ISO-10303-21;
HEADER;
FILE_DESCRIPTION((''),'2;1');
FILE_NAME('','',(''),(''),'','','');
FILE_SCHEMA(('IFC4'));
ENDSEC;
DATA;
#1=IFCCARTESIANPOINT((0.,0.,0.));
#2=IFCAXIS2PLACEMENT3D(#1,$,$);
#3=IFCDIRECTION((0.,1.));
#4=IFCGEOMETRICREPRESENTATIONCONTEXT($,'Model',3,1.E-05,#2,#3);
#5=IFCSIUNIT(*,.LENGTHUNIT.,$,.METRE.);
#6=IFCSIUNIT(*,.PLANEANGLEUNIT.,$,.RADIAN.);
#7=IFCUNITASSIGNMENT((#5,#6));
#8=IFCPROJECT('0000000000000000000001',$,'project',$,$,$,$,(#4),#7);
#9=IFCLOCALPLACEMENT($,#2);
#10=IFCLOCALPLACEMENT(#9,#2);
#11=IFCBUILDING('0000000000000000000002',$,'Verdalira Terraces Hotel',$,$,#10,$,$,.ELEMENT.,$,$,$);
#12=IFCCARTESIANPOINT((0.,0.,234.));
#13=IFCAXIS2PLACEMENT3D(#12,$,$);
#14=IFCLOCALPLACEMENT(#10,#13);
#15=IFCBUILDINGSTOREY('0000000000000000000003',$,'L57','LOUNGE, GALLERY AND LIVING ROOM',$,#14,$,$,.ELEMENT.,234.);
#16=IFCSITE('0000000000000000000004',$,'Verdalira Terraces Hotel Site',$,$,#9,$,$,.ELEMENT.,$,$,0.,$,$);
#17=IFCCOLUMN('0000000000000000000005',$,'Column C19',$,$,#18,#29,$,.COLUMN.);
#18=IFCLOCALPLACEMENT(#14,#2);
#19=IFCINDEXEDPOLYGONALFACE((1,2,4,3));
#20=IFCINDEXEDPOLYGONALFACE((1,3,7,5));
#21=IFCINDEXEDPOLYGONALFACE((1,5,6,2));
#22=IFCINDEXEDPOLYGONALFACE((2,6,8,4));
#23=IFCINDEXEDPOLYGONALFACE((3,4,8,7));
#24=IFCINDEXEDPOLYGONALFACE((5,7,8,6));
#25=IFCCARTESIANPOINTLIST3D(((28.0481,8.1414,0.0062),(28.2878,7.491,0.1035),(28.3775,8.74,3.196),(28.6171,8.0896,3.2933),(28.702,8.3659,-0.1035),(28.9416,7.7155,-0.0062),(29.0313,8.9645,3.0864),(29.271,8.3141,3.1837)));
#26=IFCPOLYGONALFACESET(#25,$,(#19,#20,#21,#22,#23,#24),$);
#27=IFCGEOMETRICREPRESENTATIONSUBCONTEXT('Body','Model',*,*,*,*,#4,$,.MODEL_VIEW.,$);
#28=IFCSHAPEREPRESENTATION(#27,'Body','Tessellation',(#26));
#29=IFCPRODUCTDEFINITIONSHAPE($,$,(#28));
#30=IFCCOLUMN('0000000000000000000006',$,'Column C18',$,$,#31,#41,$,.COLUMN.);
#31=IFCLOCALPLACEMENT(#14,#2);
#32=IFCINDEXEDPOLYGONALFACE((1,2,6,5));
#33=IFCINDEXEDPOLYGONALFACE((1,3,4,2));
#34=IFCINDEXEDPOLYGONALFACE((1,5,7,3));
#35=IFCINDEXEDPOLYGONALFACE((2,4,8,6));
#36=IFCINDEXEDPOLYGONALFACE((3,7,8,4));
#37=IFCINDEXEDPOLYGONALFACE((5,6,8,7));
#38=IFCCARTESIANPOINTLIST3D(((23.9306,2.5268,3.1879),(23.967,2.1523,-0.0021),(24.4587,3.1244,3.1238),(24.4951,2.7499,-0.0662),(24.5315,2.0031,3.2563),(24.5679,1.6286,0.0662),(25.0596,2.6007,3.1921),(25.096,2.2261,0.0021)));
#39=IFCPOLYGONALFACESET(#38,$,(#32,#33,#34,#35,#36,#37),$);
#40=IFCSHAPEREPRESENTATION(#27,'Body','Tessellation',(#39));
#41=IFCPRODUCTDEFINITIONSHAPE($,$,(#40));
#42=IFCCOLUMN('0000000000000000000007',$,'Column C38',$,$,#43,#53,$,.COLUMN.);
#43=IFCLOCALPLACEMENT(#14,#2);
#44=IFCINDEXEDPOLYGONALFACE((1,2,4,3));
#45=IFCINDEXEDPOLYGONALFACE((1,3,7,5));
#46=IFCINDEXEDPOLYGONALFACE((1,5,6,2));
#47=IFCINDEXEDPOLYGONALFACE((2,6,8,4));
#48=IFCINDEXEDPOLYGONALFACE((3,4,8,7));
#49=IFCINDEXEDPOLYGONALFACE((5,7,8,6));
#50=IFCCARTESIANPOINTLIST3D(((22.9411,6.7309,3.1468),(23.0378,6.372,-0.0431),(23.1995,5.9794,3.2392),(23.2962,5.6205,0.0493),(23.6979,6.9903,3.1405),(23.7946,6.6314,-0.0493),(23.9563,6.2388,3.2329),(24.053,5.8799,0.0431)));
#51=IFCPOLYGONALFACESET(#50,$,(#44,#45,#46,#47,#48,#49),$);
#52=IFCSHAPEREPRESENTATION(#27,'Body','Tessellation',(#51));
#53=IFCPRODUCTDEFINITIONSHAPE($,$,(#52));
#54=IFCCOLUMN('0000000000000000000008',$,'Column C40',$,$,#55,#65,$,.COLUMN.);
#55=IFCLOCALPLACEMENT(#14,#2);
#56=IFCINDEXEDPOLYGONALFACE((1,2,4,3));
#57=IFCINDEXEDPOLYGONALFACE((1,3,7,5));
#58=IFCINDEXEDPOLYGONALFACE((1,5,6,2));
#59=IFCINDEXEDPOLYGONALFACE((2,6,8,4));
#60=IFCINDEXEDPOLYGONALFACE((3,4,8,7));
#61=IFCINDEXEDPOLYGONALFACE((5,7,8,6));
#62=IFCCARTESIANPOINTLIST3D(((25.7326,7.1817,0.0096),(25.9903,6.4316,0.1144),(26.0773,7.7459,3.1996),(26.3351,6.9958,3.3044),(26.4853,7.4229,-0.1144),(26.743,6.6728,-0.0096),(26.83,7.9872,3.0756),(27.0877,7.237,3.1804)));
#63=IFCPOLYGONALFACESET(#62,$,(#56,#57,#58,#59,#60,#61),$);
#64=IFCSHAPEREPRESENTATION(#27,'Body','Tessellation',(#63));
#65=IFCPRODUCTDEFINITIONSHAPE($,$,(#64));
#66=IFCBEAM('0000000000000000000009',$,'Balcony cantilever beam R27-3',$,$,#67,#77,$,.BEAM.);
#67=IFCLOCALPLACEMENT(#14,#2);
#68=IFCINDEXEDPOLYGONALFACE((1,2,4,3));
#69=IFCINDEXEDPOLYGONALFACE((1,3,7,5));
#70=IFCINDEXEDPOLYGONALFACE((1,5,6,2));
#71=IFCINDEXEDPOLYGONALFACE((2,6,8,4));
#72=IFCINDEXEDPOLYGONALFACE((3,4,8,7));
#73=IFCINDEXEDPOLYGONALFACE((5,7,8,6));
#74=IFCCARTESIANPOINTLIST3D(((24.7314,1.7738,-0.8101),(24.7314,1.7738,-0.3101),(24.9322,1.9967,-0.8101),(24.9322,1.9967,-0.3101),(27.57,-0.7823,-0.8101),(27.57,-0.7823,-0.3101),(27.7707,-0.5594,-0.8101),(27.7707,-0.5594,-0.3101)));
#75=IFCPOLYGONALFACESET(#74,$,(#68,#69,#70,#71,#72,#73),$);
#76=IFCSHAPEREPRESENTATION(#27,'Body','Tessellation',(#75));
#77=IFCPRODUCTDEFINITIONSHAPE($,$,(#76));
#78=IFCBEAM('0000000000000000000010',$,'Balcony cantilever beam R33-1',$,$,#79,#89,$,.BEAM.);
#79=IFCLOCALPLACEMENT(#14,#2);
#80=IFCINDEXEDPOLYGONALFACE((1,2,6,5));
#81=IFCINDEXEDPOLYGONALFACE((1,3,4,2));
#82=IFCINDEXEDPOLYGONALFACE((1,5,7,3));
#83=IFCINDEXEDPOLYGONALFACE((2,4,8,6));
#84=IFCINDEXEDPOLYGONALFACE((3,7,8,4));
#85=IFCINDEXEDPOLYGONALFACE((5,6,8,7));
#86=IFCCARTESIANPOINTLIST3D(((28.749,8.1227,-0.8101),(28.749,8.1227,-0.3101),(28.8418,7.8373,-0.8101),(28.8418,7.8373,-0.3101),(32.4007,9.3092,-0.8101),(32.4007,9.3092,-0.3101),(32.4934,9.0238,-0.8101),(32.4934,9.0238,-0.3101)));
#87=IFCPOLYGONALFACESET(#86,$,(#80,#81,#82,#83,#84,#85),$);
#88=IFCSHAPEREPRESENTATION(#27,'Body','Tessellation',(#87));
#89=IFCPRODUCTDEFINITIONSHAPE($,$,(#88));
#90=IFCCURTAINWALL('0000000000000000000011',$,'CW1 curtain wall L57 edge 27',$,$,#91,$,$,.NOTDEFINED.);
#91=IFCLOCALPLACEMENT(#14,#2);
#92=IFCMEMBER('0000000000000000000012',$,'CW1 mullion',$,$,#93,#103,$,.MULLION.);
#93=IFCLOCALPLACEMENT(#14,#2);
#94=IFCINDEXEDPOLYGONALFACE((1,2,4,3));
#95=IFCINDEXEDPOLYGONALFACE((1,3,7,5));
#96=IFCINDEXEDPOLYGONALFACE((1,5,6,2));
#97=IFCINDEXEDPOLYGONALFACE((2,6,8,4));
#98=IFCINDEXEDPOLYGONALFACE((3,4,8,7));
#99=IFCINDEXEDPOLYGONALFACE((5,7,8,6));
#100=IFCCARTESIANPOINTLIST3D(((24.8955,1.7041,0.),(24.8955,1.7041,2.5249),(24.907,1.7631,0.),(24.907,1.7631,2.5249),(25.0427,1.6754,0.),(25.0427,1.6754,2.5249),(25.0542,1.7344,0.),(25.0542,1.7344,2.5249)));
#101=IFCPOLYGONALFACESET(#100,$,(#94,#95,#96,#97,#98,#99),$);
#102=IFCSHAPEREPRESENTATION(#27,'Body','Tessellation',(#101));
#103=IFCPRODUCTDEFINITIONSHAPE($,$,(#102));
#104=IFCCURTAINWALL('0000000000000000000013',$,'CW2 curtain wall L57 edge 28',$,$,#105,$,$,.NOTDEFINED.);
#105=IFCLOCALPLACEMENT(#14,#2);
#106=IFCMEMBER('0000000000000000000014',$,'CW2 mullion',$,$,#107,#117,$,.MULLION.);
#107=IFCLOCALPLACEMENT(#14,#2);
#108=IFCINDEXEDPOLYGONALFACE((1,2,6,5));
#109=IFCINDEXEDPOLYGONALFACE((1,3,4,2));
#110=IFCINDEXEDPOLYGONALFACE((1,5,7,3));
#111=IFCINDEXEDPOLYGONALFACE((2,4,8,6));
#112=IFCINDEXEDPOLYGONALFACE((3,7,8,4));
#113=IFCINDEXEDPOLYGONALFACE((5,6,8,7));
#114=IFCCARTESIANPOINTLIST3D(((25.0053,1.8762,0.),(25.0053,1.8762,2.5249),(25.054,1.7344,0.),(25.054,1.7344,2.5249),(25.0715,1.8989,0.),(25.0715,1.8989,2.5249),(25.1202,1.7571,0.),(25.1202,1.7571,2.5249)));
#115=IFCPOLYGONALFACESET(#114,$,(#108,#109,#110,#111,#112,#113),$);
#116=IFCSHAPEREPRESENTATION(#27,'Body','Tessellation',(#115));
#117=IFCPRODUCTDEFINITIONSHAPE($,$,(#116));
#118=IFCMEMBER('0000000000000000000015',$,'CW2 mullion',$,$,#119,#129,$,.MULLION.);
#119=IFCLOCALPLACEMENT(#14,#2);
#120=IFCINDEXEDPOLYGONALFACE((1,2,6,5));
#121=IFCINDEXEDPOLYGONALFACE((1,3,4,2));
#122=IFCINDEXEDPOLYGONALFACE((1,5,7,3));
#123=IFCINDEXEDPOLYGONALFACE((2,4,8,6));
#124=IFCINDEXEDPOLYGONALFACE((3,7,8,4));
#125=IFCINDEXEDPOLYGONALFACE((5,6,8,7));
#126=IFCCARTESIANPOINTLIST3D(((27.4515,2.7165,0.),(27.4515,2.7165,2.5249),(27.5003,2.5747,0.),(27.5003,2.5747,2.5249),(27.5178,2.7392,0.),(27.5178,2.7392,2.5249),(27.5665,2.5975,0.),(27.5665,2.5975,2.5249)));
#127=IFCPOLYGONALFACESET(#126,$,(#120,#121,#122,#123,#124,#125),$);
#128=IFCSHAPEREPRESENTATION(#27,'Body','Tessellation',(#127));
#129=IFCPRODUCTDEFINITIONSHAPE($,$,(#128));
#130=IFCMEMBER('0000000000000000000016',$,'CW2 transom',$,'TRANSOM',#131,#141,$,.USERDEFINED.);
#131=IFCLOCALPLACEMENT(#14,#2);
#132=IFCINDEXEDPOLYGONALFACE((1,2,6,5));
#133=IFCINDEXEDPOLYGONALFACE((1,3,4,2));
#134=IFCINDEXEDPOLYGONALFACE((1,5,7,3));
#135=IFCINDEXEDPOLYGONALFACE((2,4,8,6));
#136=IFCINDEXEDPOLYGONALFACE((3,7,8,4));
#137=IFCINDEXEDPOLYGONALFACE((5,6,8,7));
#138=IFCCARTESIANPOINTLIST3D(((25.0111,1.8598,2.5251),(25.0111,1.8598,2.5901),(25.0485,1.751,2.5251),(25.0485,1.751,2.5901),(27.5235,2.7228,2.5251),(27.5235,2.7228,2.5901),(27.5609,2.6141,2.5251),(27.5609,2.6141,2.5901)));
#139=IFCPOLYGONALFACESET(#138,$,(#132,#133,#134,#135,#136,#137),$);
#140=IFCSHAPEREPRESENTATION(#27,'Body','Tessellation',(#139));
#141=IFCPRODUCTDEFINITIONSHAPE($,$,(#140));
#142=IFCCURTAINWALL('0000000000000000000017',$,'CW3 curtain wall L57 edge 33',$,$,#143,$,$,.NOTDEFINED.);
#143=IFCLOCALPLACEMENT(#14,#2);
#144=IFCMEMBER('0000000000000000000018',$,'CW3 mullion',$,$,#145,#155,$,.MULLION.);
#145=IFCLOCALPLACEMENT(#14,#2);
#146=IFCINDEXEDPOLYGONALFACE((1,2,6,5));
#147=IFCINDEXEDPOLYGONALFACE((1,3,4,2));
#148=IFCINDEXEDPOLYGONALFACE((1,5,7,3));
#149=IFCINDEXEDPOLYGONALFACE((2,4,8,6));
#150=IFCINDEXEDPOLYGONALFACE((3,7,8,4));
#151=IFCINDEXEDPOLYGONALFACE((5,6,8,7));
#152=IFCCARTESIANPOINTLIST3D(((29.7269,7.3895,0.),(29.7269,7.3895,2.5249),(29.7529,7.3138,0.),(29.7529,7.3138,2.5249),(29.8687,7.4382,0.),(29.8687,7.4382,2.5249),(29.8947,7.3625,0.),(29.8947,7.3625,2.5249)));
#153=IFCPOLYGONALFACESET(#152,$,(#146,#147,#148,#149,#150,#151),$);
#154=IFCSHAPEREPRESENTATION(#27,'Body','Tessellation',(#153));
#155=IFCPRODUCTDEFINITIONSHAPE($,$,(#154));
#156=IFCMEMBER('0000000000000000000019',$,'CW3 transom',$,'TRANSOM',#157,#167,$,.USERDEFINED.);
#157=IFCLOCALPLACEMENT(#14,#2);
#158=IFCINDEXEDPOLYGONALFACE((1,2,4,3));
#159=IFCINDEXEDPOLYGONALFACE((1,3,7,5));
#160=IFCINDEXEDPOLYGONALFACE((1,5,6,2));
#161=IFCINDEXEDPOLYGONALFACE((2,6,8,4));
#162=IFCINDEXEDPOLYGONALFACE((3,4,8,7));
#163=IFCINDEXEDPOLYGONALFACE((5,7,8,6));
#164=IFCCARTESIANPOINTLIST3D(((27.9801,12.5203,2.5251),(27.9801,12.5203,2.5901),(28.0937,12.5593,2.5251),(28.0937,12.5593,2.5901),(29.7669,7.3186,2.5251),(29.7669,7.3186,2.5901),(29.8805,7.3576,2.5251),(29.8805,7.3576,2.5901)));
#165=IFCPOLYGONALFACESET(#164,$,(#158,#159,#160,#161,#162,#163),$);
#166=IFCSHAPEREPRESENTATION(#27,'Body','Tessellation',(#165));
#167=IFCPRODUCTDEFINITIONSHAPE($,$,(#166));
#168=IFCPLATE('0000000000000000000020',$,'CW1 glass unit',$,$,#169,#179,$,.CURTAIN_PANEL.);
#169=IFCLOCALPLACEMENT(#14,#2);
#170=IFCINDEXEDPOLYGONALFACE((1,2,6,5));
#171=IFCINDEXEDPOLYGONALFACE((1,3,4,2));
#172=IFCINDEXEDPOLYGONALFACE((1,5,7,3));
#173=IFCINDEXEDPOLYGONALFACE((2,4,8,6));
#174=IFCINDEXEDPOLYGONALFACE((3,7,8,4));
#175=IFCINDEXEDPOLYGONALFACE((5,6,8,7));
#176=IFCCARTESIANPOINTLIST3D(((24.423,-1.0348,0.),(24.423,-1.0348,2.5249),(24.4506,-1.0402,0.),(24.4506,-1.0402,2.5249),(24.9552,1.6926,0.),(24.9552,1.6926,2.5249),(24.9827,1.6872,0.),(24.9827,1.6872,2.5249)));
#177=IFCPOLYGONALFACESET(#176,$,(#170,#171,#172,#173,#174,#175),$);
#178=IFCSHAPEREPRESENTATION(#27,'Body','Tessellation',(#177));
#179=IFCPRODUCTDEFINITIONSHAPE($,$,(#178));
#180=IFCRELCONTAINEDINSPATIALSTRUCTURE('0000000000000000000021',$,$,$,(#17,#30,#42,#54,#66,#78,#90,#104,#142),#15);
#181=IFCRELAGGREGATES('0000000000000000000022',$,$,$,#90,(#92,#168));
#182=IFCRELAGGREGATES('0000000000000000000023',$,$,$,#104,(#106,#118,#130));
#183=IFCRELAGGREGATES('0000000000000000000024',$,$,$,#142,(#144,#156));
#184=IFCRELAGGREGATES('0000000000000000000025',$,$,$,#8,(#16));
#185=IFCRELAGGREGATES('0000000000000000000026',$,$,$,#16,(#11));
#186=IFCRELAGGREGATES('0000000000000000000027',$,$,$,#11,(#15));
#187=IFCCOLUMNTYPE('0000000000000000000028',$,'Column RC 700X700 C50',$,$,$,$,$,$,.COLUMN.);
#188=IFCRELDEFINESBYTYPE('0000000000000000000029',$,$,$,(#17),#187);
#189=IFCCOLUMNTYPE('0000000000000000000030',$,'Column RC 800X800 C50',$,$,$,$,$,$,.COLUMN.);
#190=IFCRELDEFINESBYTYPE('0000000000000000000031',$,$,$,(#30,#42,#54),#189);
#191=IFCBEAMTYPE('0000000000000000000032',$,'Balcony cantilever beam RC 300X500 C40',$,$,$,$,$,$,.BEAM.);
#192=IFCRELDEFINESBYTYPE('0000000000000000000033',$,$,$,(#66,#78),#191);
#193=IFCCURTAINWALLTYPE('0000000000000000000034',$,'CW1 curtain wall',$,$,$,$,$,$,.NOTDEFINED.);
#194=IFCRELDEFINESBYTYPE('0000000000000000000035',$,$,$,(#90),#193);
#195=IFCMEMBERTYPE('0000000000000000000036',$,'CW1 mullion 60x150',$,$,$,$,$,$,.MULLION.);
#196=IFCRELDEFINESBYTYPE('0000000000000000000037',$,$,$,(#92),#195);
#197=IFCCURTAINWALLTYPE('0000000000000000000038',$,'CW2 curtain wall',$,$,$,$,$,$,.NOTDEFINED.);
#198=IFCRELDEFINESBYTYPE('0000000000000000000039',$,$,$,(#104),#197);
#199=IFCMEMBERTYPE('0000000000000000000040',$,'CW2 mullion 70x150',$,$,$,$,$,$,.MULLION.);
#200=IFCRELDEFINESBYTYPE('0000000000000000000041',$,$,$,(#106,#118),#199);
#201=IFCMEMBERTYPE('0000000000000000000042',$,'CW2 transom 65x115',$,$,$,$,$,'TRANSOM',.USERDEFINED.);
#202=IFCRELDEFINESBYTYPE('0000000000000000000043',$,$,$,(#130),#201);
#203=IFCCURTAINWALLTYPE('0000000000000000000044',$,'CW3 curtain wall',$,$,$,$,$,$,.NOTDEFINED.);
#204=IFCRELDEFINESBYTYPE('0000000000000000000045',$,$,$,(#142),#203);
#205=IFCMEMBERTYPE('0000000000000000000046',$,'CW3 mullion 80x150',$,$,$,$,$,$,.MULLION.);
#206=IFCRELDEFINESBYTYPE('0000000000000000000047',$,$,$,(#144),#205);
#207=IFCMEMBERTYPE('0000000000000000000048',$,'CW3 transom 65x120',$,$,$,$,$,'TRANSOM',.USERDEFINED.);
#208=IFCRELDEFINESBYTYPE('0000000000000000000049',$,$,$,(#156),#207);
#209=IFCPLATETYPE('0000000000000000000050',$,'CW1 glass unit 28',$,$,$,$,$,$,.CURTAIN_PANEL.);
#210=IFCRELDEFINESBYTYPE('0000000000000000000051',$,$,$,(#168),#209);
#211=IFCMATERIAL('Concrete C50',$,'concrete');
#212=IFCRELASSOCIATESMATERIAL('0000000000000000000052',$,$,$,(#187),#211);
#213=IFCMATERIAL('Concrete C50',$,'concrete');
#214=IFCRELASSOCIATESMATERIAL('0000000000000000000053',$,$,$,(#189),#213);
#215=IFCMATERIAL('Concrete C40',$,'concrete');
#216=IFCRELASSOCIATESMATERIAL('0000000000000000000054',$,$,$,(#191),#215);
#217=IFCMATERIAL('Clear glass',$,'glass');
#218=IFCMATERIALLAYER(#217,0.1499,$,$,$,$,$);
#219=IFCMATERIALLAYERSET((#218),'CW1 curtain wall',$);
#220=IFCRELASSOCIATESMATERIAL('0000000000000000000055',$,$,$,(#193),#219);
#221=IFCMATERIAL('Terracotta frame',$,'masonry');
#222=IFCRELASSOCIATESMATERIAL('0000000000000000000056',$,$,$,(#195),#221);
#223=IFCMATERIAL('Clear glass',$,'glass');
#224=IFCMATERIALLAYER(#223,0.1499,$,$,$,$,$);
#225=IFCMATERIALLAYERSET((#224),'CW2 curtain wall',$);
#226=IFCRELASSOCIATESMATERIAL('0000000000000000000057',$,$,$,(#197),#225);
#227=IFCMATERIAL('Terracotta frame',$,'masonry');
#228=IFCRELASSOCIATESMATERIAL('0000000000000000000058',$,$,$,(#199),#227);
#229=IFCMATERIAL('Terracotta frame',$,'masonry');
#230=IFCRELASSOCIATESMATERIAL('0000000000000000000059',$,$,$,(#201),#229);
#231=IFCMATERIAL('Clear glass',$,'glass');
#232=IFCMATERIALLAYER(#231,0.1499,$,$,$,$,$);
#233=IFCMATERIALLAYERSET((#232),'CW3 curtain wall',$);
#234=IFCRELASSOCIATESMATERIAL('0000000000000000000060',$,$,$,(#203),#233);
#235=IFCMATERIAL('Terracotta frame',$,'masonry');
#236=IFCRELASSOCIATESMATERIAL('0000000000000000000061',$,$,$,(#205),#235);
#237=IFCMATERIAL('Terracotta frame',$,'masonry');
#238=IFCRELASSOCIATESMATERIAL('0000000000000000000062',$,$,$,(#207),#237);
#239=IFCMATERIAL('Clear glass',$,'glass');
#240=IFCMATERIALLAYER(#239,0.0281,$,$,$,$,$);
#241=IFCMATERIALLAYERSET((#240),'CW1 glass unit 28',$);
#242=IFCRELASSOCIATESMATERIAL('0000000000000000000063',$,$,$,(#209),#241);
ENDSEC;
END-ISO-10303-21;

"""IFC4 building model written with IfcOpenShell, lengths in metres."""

from ifc_helpers import new_model, si_unit, direction, frame, origin, origin_2d, place, context, subcontext, project, spatial, rectangle, extrude, material, layer, layer_set, material_profile, profile_set, type_object, element, aggregate, save


model = new_model("IFC4")

# Units and contexts
model_context = context("Model", 3, precision=1e-05, world=origin(), true_north=direction((0.0, 1.0)))
body_context = subcontext(model_context, "Body", "Model", "MODEL_VIEW")
ifc_project = project(units=[si_unit("LENGTHUNIT", "METRE"), si_unit("PLANEANGLEUNIT", "RADIAN")], contexts=[model_context])

# Site, building, storey
site_placement = place(None, origin())
site = spatial("IfcSite", under=ifc_project, at=site_placement, Name="Verdalira Terraces Hotel Site", CompositionType="ELEMENT", RefElevation=0.0)
building_placement = place(site_placement, origin())
building = spatial("IfcBuilding", under=site, at=building_placement, Name="Verdalira Terraces Hotel", CompositionType="ELEMENT")
storey_placement = place(building_placement, frame((0.0, 0.0, 234.0)))
storey = spatial("IfcBuildingStorey", under=building, at=storey_placement, Name="L57", Description="LOUNGE, GALLERY AND LIVING ROOM", CompositionType="ELEMENT", Elevation=234.0)

# Columns
ifc_material_1 = material(Name="Concrete C50", Category="concrete")
ifc_material_profile_1 = material_profile(ifc_material_1, rectangle(XDim=0.7, YDim=0.7, at=origin_2d()), Name="RC 700X700")
ifc_profile_set_1 = profile_set([ifc_material_profile_1], Name="Concrete C50")
column_type_1 = type_object("IfcColumnType", Name="Column RC 700X700 C50", PredefinedType="COLUMN", material=ifc_profile_set_1)
column_1_placement = place(storey_placement, frame((28.4949, 7.9285, 0.0), z_axis=(0.100955, 0.183501, 0.977822), x_axis=(-0.342371, 0.929221, -0.139032)))
element("IfcColumn", 1, at=column_1_placement, inside=storey, type_object=column_type_1, Name="Column C19", PredefinedType="COLUMN", context=body_context, shape_type="SweptSolid", body=[
    extrude(rectangle(XDim=0.7, YDim=0.7, at=origin_2d()), origin(), (0.0, 0.0, 1.0), 3.2622),
])
ifc_material_2 = material(Name="Concrete C50", Category="concrete")
ifc_material_profile_2 = material_profile(ifc_material_2, rectangle(XDim=0.8, YDim=0.8, at=origin_2d()), Name="RC 800X800")
ifc_profile_set_2 = profile_set([ifc_material_profile_2], Name="Concrete C50")
column_type_2 = type_object("IfcColumnType", Name="Column RC 800X800 C50", PredefinedType="COLUMN", material=ifc_profile_set_2)
column_2_placement = place(storey_placement, frame((24.5315, 2.1892, 0.0), z_axis=(-0.011325, 0.116596, 0.993115), x_axis=(-0.660054, -0.746928, 0.080165)))
element("IfcColumn", 2, at=column_2_placement, inside=storey, type_object=column_type_2, Name="Column C18", PredefinedType="COLUMN", context=body_context, shape_type="SweptSolid", body=[
    extrude(rectangle(XDim=0.8, YDim=0.8, at=origin_2d()), origin(), (0.0, 0.0, 1.0), 3.2122),
])
column_3_placement = place(storey_placement, frame((23.5454, 6.126, 0.0), z_axis=(-0.030104, 0.11175, 0.99328), x_axis=(0.945937, 0.324255, -0.007811)))
element("IfcColumn", 3, at=column_3_placement, inside=storey, type_object=column_type_2, Name="Column C38", PredefinedType="COLUMN", context=body_context, shape_type="SweptSolid", body=[
    extrude(rectangle(XDim=0.8, YDim=0.8, at=origin_2d()), origin(), (0.0, 0.0, 1.0), 3.2114),
])
column_4_placement = place(storey_placement, frame((26.2378, 6.9272, 0.0), z_axis=(0.105818, 0.17319, 0.979187), x_axis=(0.940764, 0.30156, -0.155002)))
element("IfcColumn", 4, at=column_4_placement, inside=storey, type_object=column_type_2, Name="Column C40", PredefinedType="COLUMN", context=body_context, shape_type="SweptSolid", body=[
    extrude(rectangle(XDim=0.8, YDim=0.8, at=origin_2d()), origin(), (0.0, 0.0, 1.0), 3.2578),
])

# Beams
ifc_material_3 = material(Name="Concrete C40", Category="concrete")
ifc_material_profile_3 = material_profile(ifc_material_3, rectangle(XDim=0.3, YDim=0.5, at=origin_2d()), Name="RC 300X500")
ifc_profile_set_3 = profile_set([ifc_material_profile_3], Name="Concrete C40")
beam_type = type_object("IfcBeamType", Name="Balcony cantilever beam RC 300X500 C40", PredefinedType="BEAM", material=ifc_profile_set_3)
beam_1_placement = place(storey_placement, frame((24.8318, 1.8853, -0.5601), z_axis=(0.743113, -0.669166, 0.0), x_axis=(0.669166, 0.743113, 0.0)))
element("IfcBeam", 5, at=beam_1_placement, inside=storey, type_object=beam_type, Name="Balcony cantilever beam R27-3", PredefinedType="BEAM", context=body_context, shape_type="SweptSolid", body=[
    extrude(rectangle(XDim=0.3, YDim=0.5, at=origin_2d()), origin(), (0.0, 0.0, 1.0), 3.8198),
])
beam_2_placement = place(storey_placement, frame((28.7954, 7.98, -0.5601), z_axis=(0.951053, 0.309027, 0.0), x_axis=(-0.309027, 0.951053, 0.0)))
element("IfcBeam", 6, at=beam_2_placement, inside=storey, type_object=beam_type, Name="Balcony cantilever beam R33-1", PredefinedType="BEAM", context=body_context, shape_type="SweptSolid", body=[
    extrude(rectangle(XDim=0.3, YDim=0.5, at=origin_2d()), origin(), (0.0, 0.0, 1.0), 3.8396),
])

# Curtain wall, member
ifc_material_4 = material(Name="Clear glass", Category="glass")
ifc_layer_1 = layer(ifc_material_4, 0.1499)
ifc_layer_set_1 = layer_set([ifc_layer_1], Name="CW1 curtain wall")
curtain_wall_type_1 = type_object("IfcCurtainWallType", Name="CW1 curtain wall", PredefinedType="NOTDEFINED", material=ifc_layer_set_1)
curtain_wall_1_placement = place(storey_placement, origin())
curtain_wall_1 = element("IfcCurtainWall", 7, at=curtain_wall_1_placement, inside=storey, type_object=curtain_wall_type_1, Name="CW1 curtain wall L57 edge 27", PredefinedType="NOTDEFINED")
ifc_material_5 = material(Name="Terracotta frame", Category="masonry")
ifc_material_profile_4 = material_profile(ifc_material_5, rectangle(XDim=0.0601, YDim=0.1499, at=origin_2d()), Name="MU 60x150")
ifc_profile_set_4 = profile_set([ifc_material_profile_4], Name="Terracotta frame")
member_type_1 = type_object("IfcMemberType", Name="CW1 mullion 60x150", PredefinedType="MULLION", material=ifc_profile_set_4)
member_1_placement = place(storey_placement, frame((24.9749, 1.7192, 0.0), z_axis=(0.0, 0.0, 1.0), x_axis=(0.191494, 0.981494, 0.0)))
member_1 = element("IfcMember", 8, at=member_1_placement, type_object=member_type_1, Name="CW1 mullion", PredefinedType="MULLION", context=body_context, shape_type="SweptSolid", body=[
    extrude(rectangle(XDim=0.0601, YDim=0.1499, at=origin_2d()), origin(), (0.0, 0.0, 1.0), 2.5249),
])

# Curtain walls, members
ifc_material_6 = material(Name="Clear glass", Category="glass")
ifc_layer_2 = layer(ifc_material_6, 0.1499)
ifc_layer_set_2 = layer_set([ifc_layer_2], Name="CW2 curtain wall")
curtain_wall_type_2 = type_object("IfcCurtainWallType", Name="CW2 curtain wall", PredefinedType="NOTDEFINED", material=ifc_layer_set_2)
curtain_wall_2_placement = place(storey_placement, origin())
curtain_wall_2 = element("IfcCurtainWall", 9, at=curtain_wall_2_placement, inside=storey, type_object=curtain_wall_type_2, Name="CW2 curtain wall L57 edge 28", PredefinedType="NOTDEFINED")
ifc_material_7 = material(Name="Terracotta frame", Category="masonry")
ifc_material_profile_5 = material_profile(ifc_material_7, rectangle(XDim=0.0701, YDim=0.1499, at=origin_2d()), Name="MU 70x150")
ifc_profile_set_5 = profile_set([ifc_material_profile_5], Name="Terracotta frame")
member_type_2 = type_object("IfcMemberType", Name="CW2 mullion 70x150", PredefinedType="MULLION", material=ifc_profile_set_5)
member_2_placement = place(storey_placement, frame((25.0627, 1.8167, 0.0), z_axis=(0.0, 0.0, 1.0), x_axis=(0.945746, 0.324908, 0.0)))
member_2 = element("IfcMember", 10, at=member_2_placement, type_object=member_type_2, Name="CW2 mullion", PredefinedType="MULLION", context=body_context, shape_type="SweptSolid", body=[
    extrude(rectangle(XDim=0.0701, YDim=0.1499, at=origin_2d()), origin(), (0.0, 0.0, 1.0), 2.5249),
])
member_3_placement = place(storey_placement, frame((27.509, 2.657, 0.0), z_axis=(0.0, 0.0, 1.0), x_axis=(0.945746, 0.324908, 0.0)))
member_3 = element("IfcMember", 11, at=member_3_placement, type_object=member_type_2, Name="CW2 mullion", PredefinedType="MULLION", context=body_context, shape_type="SweptSolid", body=[
    extrude(rectangle(XDim=0.0701, YDim=0.1499, at=origin_2d()), origin(), (0.0, 0.0, 1.0), 2.5249),
])
ifc_material_8 = material(Name="Terracotta frame", Category="masonry")
ifc_material_profile_6 = material_profile(ifc_material_8, rectangle(XDim=0.115, YDim=0.0649, at=origin_2d()), Name="TR 65x115")
ifc_profile_set_6 = profile_set([ifc_material_profile_6], Name="Terracotta frame")
member_type_3 = type_object("IfcMemberType", Name="CW2 transom 65x115", ElementType="TRANSOM", PredefinedType="USERDEFINED", material=ifc_profile_set_6)
member_4_placement = place(storey_placement, frame((25.0298, 1.8054, 2.5576), z_axis=(0.945758, 0.324872, 0.0), x_axis=(-0.324872, 0.945758, 0.0)))
member_4 = element("IfcMember", 12, at=member_4_placement, type_object=member_type_3, Name="CW2 transom", ObjectType="TRANSOM", PredefinedType="USERDEFINED", context=body_context, shape_type="SweptSolid", body=[
    extrude(rectangle(XDim=0.115, YDim=0.0649, at=origin_2d()), origin(), (0.0, 0.0, 1.0), 2.6565),
])
ifc_material_9 = material(Name="Clear glass", Category="glass")
ifc_layer_3 = layer(ifc_material_9, 0.1499)
ifc_layer_set_3 = layer_set([ifc_layer_3], Name="CW3 curtain wall")
curtain_wall_type_3 = type_object("IfcCurtainWallType", Name="CW3 curtain wall", PredefinedType="NOTDEFINED", material=ifc_layer_set_3)
curtain_wall_3_placement = place(storey_placement, origin())
curtain_wall_3 = element("IfcCurtainWall", 13, at=curtain_wall_3_placement, inside=storey, type_object=curtain_wall_type_3, Name="CW3 curtain wall L57 edge 33", PredefinedType="NOTDEFINED")
ifc_material_10 = material(Name="Terracotta frame", Category="masonry")
ifc_material_profile_7 = material_profile(ifc_material_10, rectangle(XDim=0.0801, YDim=0.1499, at=origin_2d()), Name="MU 80x150")
ifc_profile_set_7 = profile_set([ifc_material_profile_7], Name="Terracotta frame")
member_type_4 = type_object("IfcMemberType", Name="CW3 mullion 80x150", PredefinedType="MULLION", material=ifc_profile_set_7)
member_5_placement = place(storey_placement, frame((29.8108, 7.376, 0.0), z_axis=(0.0, 0.0, 1.0), x_axis=(-0.324908, 0.945746, 0.0)))
member_5 = element("IfcMember", 14, at=member_5_placement, type_object=member_type_4, Name="CW3 mullion", PredefinedType="MULLION", context=body_context, shape_type="SweptSolid", body=[
    extrude(rectangle(XDim=0.0801, YDim=0.1499, at=origin_2d()), origin(), (0.0, 0.0, 1.0), 2.5249),
])
ifc_material_11 = material(Name="Terracotta frame", Category="masonry")
ifc_material_profile_8 = material_profile(ifc_material_11, rectangle(XDim=0.1201, YDim=0.0649, at=origin_2d()), Name="TR 65x120")
ifc_profile_set_8 = profile_set([ifc_material_profile_8], Name="Terracotta frame")
member_type_5 = type_object("IfcMemberType", Name="CW3 transom 65x120", ElementType="TRANSOM", PredefinedType="USERDEFINED", material=ifc_profile_set_8)
member_6_placement = place(storey_placement, frame((29.8237, 7.3381, 2.5576), z_axis=(-0.324884, 0.945754, 0.0), x_axis=(-0.945754, -0.324884, 0.0)))
member_6 = element("IfcMember", 15, at=member_6_placement, type_object=member_type_5, Name="CW3 transom", ObjectType="TRANSOM", PredefinedType="USERDEFINED", context=body_context, shape_type="SweptSolid", body=[
    extrude(rectangle(XDim=0.1201, YDim=0.0649, at=origin_2d()), origin(), (0.0, 0.0, 1.0), 5.5),
])

# Plate
ifc_material_12 = material(Name="Clear glass", Category="glass")
ifc_layer_4 = layer(ifc_material_12, 0.0281)
ifc_layer_set_4 = layer_set([ifc_layer_4], Name="CW1 glass unit 28")
plate_type_1 = type_object("IfcPlateType", Name="CW1 glass unit 28", PredefinedType="CURTAIN_PANEL", material=ifc_layer_set_4)
plate_1_placement = place(storey_placement, frame((24.7029, 0.3262, 0.0), z_axis=(0.0, 0.0, 1.0), x_axis=(0.191494, 0.981494, 0.0)))
plate_1 = element("IfcPlate", 16, at=plate_1_placement, type_object=plate_type_1, Name="CW1 glass unit", PredefinedType="CURTAIN_PANEL", context=body_context, shape_type="SweptSolid", body=[
    extrude(rectangle(XDim=2.7788, YDim=0.0281, at=origin_2d()), origin(), (0.0, 0.0, 1.0), 2.5249),
])
aggregate(curtain_wall_1, [member_1, plate_1])
aggregate(curtain_wall_2, [member_2, member_3, member_4])
aggregate(curtain_wall_3, [member_5, member_6])

save(model, "model.ifc")
